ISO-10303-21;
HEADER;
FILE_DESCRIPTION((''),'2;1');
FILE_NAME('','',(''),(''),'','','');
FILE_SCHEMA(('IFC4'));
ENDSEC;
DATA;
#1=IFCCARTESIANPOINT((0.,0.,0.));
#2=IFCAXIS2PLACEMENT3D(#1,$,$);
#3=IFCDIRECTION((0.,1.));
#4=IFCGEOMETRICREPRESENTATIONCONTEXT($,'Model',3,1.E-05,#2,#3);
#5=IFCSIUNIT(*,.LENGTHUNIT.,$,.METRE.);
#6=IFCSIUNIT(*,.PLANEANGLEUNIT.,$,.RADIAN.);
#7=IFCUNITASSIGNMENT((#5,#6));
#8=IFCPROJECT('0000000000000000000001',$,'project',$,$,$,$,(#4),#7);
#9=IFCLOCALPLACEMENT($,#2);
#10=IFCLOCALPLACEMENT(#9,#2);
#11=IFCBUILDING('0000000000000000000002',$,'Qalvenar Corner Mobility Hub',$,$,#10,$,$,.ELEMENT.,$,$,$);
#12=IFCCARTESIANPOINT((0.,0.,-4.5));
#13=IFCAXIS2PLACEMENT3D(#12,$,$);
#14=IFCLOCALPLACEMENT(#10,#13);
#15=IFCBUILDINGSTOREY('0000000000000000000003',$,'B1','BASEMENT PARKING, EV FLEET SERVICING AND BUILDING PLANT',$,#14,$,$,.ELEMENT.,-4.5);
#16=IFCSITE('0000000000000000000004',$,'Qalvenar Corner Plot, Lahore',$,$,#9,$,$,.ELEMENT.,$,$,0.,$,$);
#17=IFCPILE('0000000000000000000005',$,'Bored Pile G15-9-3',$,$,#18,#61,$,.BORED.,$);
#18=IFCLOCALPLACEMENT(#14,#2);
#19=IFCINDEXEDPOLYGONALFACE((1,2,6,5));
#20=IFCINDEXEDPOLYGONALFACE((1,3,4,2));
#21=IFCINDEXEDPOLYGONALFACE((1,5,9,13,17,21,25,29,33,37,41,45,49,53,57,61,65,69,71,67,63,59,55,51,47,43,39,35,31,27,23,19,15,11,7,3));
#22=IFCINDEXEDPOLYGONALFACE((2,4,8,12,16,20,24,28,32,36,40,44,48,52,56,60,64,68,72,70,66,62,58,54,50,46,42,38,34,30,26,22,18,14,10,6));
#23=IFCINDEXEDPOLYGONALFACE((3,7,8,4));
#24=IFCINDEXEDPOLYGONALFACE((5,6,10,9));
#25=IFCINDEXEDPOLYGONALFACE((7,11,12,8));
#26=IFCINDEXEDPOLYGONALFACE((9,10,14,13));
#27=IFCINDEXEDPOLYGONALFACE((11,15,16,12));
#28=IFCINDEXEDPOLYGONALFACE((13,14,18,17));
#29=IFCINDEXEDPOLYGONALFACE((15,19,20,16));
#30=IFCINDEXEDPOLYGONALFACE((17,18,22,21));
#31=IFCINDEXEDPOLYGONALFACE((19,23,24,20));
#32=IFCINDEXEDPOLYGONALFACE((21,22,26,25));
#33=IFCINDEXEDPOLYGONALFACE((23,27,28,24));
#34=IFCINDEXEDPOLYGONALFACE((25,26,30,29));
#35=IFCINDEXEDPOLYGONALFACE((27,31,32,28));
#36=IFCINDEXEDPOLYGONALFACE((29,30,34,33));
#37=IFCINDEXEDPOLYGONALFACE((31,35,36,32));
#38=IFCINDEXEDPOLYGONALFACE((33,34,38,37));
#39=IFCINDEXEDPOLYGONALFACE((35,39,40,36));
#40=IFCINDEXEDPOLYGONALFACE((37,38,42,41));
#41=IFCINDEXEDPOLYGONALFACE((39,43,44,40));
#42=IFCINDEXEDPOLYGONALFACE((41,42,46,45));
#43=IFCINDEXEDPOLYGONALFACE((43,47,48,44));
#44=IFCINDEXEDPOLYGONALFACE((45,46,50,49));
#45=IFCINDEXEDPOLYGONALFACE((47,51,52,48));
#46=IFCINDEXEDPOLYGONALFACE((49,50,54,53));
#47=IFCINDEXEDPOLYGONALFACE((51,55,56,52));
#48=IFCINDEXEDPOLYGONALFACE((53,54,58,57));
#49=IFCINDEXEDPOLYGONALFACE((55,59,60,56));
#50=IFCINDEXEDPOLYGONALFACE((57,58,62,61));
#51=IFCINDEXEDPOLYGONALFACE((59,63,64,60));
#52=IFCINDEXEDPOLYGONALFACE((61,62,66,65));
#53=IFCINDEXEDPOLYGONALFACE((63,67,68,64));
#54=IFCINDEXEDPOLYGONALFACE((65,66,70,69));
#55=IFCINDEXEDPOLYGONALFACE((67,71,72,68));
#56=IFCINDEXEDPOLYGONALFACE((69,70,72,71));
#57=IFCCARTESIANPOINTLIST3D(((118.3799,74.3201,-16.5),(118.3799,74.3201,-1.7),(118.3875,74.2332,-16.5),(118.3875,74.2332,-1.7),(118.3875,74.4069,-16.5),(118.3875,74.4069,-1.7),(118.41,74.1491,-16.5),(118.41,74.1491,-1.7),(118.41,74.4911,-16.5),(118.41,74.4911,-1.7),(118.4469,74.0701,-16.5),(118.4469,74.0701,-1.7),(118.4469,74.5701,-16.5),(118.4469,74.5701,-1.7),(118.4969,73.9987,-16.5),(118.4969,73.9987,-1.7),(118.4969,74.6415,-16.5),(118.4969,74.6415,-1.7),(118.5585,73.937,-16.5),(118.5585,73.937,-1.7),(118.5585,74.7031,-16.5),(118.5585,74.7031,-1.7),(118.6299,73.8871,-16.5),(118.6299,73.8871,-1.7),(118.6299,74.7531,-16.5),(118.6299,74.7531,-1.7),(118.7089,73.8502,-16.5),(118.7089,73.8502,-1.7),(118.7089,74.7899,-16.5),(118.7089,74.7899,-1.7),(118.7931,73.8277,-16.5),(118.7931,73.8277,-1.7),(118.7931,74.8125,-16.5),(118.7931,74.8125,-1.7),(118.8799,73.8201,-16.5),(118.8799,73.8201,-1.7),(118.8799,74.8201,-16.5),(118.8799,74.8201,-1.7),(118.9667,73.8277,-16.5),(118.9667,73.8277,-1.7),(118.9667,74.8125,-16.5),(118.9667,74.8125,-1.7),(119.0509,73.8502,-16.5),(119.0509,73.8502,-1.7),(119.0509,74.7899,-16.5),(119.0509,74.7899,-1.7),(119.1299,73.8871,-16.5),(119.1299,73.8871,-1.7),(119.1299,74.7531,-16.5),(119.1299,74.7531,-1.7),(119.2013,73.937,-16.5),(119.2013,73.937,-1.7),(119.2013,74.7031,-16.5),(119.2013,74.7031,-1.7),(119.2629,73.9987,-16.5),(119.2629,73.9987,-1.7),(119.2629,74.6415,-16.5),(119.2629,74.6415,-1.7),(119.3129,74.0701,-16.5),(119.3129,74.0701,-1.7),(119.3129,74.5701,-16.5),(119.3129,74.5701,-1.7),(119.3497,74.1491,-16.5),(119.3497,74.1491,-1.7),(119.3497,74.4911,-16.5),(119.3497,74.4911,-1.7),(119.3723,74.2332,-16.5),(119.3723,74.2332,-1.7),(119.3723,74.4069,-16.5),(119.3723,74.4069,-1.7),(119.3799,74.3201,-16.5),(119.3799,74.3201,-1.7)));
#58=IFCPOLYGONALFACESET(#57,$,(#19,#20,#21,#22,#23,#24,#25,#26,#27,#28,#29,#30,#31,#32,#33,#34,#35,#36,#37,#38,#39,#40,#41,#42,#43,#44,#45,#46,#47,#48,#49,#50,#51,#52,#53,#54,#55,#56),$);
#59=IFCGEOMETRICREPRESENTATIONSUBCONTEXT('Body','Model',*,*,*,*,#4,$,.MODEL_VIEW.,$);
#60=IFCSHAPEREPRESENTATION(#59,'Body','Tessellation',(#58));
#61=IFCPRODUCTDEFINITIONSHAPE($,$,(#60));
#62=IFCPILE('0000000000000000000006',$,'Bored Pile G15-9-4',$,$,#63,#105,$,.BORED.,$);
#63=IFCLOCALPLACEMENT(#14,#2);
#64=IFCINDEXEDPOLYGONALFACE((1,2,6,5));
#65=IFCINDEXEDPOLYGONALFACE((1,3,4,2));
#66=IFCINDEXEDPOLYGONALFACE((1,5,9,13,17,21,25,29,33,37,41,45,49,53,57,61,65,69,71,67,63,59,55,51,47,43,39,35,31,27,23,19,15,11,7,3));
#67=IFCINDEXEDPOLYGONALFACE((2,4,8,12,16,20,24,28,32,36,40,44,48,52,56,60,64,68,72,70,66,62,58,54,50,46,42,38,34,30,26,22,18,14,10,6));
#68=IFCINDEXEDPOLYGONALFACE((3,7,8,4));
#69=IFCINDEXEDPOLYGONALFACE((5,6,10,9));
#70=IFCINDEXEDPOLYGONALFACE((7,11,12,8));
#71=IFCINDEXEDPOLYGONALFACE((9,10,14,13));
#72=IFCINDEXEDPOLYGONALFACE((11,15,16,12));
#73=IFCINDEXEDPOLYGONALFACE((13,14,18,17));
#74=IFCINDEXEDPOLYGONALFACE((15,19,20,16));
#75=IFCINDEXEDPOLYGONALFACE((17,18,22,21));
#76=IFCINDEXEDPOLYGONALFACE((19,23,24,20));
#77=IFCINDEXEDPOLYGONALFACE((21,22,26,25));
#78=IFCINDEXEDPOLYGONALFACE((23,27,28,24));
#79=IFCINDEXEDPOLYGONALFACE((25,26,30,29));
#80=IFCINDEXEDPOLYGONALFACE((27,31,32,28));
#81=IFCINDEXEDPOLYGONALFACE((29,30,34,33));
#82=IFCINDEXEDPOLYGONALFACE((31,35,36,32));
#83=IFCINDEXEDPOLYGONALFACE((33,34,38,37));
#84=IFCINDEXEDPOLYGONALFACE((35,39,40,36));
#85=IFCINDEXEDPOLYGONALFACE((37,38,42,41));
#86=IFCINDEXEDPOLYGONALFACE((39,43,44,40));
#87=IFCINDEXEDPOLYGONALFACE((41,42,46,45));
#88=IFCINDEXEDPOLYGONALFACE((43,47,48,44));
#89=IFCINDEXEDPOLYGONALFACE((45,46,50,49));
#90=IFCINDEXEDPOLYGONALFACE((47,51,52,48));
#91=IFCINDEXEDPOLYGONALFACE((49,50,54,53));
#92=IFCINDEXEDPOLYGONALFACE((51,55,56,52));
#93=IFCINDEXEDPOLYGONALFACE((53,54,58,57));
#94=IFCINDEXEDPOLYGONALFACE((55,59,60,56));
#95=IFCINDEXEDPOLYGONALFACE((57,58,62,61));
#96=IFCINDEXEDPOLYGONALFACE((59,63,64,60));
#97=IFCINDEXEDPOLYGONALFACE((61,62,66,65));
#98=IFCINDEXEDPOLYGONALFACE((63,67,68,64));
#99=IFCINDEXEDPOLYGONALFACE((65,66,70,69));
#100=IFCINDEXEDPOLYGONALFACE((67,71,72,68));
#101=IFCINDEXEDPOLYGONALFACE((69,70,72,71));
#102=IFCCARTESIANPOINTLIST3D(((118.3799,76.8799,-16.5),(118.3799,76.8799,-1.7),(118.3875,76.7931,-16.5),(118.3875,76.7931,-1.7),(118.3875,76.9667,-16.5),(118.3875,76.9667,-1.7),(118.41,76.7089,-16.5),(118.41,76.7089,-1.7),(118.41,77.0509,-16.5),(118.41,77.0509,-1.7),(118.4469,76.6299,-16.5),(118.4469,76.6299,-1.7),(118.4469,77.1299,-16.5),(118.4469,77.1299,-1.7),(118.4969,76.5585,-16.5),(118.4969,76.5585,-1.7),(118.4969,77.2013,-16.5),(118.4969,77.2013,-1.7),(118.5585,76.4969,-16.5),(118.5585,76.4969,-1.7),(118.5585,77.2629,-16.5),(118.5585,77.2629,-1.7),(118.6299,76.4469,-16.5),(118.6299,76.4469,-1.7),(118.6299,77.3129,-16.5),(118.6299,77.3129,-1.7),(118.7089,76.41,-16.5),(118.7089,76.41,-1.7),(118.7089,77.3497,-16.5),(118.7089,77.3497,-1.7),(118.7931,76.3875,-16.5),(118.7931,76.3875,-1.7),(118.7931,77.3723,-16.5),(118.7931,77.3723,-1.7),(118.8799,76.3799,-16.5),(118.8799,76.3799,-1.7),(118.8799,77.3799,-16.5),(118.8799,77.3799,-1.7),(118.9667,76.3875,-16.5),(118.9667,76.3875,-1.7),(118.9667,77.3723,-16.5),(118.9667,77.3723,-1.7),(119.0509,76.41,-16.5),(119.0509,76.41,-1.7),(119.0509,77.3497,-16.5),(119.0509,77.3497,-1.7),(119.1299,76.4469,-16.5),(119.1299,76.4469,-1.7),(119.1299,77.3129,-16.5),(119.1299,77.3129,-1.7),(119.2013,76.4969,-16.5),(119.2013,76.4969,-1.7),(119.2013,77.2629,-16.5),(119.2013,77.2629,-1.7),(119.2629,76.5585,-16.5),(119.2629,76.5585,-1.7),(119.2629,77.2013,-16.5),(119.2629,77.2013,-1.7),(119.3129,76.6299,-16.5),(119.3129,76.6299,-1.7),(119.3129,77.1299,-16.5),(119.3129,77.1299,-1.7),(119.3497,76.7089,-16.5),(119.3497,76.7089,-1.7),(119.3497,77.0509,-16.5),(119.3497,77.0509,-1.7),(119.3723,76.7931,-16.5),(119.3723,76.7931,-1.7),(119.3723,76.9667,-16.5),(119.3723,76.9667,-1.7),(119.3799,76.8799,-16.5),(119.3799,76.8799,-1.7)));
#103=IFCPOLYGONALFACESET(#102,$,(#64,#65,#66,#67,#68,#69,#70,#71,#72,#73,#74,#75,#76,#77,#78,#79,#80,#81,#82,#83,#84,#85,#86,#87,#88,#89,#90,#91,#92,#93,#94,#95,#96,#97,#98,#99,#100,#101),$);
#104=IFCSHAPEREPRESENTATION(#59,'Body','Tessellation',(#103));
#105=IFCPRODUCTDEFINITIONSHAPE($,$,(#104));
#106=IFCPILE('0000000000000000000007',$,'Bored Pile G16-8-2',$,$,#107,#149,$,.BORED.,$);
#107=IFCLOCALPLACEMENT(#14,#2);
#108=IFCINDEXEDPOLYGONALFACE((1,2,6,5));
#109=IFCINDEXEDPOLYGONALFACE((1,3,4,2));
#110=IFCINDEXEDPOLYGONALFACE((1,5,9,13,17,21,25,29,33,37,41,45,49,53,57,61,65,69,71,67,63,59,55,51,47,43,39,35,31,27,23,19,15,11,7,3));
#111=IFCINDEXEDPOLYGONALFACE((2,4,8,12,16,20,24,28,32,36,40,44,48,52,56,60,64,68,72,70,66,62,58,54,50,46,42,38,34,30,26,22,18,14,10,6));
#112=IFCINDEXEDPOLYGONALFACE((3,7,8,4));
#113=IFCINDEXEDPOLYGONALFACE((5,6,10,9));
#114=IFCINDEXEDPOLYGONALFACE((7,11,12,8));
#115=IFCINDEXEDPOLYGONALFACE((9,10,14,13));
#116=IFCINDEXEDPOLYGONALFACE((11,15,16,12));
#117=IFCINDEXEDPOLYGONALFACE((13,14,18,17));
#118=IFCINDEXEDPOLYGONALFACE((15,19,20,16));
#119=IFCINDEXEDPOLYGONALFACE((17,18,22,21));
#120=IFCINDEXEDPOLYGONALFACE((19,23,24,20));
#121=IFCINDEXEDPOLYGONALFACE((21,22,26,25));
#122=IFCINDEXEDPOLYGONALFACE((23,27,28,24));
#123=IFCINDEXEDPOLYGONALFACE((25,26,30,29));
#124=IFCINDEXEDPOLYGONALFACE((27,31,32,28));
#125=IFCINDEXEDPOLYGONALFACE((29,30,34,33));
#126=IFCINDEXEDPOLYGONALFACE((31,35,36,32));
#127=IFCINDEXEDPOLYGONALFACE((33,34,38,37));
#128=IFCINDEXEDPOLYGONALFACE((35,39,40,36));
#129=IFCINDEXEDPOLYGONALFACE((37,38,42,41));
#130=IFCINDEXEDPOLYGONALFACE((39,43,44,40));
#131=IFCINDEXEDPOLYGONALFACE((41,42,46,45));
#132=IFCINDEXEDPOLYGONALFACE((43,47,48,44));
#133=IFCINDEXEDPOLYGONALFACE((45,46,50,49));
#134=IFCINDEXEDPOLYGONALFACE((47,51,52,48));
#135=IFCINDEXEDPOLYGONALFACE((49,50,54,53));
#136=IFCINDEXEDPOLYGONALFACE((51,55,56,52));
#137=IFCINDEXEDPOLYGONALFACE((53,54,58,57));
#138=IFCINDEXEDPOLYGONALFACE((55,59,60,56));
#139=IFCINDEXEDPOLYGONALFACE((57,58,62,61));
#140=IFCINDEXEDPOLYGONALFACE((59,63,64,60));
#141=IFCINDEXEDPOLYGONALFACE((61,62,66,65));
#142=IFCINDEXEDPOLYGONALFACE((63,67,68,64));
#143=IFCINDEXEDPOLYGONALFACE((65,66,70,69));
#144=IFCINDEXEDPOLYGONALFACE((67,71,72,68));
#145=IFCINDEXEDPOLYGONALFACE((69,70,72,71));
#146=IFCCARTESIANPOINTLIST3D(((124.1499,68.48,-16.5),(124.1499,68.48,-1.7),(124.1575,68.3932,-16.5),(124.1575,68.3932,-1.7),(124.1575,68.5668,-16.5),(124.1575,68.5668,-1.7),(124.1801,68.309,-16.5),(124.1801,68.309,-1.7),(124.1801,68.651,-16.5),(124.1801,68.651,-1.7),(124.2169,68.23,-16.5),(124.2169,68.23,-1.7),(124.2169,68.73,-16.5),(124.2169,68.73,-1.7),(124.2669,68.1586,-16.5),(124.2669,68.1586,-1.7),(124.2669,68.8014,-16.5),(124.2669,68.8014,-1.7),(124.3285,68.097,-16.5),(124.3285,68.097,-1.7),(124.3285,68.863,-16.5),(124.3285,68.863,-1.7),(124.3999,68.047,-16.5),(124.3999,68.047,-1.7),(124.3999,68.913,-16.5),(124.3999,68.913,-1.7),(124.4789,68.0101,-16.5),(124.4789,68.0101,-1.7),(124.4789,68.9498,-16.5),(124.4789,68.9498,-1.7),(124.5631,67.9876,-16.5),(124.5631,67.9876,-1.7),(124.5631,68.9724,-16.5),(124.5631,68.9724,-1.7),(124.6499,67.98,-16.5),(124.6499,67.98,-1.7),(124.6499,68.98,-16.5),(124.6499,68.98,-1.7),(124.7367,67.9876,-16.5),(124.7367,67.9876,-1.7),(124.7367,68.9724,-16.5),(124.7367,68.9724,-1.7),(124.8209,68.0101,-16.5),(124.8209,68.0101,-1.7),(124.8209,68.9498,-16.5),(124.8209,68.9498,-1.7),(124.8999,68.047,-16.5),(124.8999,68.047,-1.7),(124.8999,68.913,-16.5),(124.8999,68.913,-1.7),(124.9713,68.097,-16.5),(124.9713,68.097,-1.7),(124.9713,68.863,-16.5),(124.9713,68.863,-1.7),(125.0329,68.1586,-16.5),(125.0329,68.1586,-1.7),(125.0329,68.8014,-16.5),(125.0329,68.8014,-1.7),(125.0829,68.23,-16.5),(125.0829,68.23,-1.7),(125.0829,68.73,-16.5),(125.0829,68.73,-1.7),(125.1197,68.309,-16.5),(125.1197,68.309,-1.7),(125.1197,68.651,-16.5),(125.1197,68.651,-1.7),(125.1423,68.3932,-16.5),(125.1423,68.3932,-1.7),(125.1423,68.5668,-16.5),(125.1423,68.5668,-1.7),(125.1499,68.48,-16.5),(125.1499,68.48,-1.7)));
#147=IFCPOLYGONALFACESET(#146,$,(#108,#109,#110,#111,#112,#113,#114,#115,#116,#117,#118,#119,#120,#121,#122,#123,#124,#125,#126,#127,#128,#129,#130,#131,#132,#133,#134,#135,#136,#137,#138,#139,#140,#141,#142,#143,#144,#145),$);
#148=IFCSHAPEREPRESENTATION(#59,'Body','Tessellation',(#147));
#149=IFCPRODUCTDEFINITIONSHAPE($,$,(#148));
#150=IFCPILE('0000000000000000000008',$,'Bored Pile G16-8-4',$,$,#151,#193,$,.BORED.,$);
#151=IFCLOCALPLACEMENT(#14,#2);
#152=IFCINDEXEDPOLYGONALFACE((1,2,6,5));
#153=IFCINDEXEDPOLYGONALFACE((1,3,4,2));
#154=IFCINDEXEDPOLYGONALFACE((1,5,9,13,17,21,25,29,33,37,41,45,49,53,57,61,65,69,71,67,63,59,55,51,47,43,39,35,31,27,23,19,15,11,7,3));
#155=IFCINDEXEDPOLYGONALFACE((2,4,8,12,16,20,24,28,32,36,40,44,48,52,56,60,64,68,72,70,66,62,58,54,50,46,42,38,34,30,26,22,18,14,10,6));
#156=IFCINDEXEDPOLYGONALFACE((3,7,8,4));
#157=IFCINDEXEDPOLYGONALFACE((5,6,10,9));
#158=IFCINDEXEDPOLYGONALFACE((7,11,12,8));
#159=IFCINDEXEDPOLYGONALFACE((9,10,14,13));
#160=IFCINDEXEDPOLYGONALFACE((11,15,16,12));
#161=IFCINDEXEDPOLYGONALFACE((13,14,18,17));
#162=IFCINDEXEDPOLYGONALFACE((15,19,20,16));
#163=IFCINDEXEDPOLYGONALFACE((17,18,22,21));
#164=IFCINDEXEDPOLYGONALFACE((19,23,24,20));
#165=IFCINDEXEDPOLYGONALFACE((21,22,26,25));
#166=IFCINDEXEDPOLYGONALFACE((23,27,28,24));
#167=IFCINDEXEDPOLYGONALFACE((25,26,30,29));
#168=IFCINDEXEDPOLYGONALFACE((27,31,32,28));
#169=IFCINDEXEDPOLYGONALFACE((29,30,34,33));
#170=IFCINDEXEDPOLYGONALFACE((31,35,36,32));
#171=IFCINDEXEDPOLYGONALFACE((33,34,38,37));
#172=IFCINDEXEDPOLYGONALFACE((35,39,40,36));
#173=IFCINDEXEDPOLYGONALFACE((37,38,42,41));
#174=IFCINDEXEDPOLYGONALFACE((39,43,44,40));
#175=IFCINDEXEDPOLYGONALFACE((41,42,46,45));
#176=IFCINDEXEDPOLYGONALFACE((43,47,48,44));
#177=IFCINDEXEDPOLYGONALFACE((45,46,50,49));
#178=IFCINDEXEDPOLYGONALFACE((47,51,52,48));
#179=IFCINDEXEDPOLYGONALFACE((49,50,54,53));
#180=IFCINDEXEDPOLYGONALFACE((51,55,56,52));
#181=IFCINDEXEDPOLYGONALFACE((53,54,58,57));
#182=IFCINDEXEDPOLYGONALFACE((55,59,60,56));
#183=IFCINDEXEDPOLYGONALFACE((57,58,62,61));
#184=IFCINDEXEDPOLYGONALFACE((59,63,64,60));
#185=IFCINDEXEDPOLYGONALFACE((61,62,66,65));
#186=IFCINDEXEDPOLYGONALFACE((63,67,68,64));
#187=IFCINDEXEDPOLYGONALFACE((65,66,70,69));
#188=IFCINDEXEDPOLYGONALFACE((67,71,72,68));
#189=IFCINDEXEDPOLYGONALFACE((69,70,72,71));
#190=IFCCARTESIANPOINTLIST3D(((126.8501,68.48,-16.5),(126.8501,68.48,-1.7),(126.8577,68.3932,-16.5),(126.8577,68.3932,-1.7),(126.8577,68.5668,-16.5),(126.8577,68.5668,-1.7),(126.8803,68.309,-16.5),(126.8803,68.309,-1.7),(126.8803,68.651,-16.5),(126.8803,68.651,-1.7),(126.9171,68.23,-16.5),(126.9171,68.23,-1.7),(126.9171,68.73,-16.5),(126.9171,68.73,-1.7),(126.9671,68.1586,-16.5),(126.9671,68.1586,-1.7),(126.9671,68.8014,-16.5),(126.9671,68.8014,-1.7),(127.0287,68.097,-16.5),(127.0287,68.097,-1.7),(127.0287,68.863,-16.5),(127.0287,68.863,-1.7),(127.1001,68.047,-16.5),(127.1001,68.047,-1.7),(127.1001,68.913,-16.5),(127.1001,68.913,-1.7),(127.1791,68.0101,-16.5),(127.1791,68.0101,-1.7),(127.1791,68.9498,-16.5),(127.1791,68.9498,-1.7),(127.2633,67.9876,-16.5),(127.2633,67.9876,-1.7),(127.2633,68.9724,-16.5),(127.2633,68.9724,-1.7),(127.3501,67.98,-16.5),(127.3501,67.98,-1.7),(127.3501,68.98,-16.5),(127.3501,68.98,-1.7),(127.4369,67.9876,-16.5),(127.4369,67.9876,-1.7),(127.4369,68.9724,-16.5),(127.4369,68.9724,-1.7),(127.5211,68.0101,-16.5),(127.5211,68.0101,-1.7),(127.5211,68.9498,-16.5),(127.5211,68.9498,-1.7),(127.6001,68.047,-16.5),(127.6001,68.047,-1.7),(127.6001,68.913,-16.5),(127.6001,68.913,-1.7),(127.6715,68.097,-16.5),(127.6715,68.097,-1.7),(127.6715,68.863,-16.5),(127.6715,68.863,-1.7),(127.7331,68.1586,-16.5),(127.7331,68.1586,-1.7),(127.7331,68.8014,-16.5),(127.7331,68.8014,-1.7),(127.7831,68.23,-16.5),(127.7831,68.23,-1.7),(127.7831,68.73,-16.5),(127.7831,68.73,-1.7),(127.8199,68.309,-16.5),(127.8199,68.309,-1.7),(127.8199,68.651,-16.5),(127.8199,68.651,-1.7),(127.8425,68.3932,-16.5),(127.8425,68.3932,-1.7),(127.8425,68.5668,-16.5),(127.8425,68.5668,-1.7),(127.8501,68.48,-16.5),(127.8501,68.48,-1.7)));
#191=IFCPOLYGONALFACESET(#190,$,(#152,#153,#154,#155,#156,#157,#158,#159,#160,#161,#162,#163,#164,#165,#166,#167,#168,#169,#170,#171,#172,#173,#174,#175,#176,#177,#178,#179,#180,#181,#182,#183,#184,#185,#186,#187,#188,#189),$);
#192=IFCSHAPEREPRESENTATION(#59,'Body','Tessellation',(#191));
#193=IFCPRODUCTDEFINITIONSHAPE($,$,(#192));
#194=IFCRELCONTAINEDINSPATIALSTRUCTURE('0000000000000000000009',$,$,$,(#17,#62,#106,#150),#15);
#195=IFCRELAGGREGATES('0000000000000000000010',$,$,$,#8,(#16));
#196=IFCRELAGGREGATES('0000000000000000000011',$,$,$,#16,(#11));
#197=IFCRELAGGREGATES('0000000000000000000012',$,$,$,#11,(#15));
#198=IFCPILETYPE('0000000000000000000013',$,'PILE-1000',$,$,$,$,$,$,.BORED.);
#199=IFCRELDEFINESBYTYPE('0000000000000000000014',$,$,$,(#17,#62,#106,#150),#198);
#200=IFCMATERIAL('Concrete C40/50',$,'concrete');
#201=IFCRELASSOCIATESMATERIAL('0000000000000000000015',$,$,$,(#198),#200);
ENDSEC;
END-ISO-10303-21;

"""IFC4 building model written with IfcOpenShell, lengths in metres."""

from ifc_helpers import new_model, si_unit, direction, frame, origin, origin_2d, place, context, subcontext, project, spatial, circle, extrude, material, material_profile, profile_set, type_object, element, save


model = new_model("IFC4")

# Units and contexts
model_context = context("Model", 3, precision=1e-05, world=origin(), true_north=direction((0.0, 1.0)))
body_context = subcontext(model_context, "Body", "Model", "MODEL_VIEW")
ifc_project = project(units=[si_unit("LENGTHUNIT", "METRE"), si_unit("PLANEANGLEUNIT", "RADIAN")], contexts=[model_context])

# Site, building, storey
site_placement = place(None, origin())
site = spatial("IfcSite", under=ifc_project, at=site_placement, Name="Qalvenar Corner Plot, Lahore", CompositionType="ELEMENT", RefElevation=0.0)
building_placement = place(site_placement, origin())
building = spatial("IfcBuilding", under=site, at=building_placement, Name="Qalvenar Corner Mobility Hub", CompositionType="ELEMENT")
storey_placement = place(building_placement, frame((0.0, 0.0, -4.5)))
storey = spatial("IfcBuildingStorey", under=building, at=storey_placement, Name="B1", Description="BASEMENT PARKING, EV FLEET SERVICING AND BUILDING PLANT", CompositionType="ELEMENT", Elevation=-4.5)

# Shared definitions
ifc_material_1 = material(Name="Concrete C40/50", Category="concrete")

# Piles
ifc_material_profile_1 = material_profile(ifc_material_1, circle(Radius=0.5, at=origin_2d()), Name="DIA1000")
ifc_profile_set_1 = profile_set([ifc_material_profile_1], Name="Concrete C40/50")
pile_type = type_object("IfcPileType", Name="PILE-1000", PredefinedType="BORED", material=ifc_profile_set_1)
for number, where, z_axis, x_axis, name in (
    (1, (118.8799, 74.3201, -1.7), (0.0, 0.0, -1.0), (1.0, 0.0, 0.0), "Bored Pile G15-9-3"),
    (2, (118.8799, 76.8799, -1.7), (0.0, 0.0, -1.0), (1.0, 0.0, 0.0), "Bored Pile G15-9-4"),
    (3, (124.6499, 68.48, -1.7), (0.0, 0.0, -1.0), (1.0, 0.0, 0.0), "Bored Pile G16-8-2"),
    (4, (127.3501, 68.48, -1.7), (0.0, 0.0, -1.0), (1.0, 0.0, 0.0), "Bored Pile G16-8-4"),
):
    element("IfcPile", number, at=place(storey_placement, frame(where, z_axis=z_axis, x_axis=x_axis)), inside=storey, type_object=pile_type, Name=name, PredefinedType="BORED", context=body_context, shape_type="SweptSolid", body=[
        extrude(circle(Radius=0.5, at=origin_2d()), origin(), (0.0, 0.0, 1.0), 14.8),
    ])

save(model, "model.ifc")
